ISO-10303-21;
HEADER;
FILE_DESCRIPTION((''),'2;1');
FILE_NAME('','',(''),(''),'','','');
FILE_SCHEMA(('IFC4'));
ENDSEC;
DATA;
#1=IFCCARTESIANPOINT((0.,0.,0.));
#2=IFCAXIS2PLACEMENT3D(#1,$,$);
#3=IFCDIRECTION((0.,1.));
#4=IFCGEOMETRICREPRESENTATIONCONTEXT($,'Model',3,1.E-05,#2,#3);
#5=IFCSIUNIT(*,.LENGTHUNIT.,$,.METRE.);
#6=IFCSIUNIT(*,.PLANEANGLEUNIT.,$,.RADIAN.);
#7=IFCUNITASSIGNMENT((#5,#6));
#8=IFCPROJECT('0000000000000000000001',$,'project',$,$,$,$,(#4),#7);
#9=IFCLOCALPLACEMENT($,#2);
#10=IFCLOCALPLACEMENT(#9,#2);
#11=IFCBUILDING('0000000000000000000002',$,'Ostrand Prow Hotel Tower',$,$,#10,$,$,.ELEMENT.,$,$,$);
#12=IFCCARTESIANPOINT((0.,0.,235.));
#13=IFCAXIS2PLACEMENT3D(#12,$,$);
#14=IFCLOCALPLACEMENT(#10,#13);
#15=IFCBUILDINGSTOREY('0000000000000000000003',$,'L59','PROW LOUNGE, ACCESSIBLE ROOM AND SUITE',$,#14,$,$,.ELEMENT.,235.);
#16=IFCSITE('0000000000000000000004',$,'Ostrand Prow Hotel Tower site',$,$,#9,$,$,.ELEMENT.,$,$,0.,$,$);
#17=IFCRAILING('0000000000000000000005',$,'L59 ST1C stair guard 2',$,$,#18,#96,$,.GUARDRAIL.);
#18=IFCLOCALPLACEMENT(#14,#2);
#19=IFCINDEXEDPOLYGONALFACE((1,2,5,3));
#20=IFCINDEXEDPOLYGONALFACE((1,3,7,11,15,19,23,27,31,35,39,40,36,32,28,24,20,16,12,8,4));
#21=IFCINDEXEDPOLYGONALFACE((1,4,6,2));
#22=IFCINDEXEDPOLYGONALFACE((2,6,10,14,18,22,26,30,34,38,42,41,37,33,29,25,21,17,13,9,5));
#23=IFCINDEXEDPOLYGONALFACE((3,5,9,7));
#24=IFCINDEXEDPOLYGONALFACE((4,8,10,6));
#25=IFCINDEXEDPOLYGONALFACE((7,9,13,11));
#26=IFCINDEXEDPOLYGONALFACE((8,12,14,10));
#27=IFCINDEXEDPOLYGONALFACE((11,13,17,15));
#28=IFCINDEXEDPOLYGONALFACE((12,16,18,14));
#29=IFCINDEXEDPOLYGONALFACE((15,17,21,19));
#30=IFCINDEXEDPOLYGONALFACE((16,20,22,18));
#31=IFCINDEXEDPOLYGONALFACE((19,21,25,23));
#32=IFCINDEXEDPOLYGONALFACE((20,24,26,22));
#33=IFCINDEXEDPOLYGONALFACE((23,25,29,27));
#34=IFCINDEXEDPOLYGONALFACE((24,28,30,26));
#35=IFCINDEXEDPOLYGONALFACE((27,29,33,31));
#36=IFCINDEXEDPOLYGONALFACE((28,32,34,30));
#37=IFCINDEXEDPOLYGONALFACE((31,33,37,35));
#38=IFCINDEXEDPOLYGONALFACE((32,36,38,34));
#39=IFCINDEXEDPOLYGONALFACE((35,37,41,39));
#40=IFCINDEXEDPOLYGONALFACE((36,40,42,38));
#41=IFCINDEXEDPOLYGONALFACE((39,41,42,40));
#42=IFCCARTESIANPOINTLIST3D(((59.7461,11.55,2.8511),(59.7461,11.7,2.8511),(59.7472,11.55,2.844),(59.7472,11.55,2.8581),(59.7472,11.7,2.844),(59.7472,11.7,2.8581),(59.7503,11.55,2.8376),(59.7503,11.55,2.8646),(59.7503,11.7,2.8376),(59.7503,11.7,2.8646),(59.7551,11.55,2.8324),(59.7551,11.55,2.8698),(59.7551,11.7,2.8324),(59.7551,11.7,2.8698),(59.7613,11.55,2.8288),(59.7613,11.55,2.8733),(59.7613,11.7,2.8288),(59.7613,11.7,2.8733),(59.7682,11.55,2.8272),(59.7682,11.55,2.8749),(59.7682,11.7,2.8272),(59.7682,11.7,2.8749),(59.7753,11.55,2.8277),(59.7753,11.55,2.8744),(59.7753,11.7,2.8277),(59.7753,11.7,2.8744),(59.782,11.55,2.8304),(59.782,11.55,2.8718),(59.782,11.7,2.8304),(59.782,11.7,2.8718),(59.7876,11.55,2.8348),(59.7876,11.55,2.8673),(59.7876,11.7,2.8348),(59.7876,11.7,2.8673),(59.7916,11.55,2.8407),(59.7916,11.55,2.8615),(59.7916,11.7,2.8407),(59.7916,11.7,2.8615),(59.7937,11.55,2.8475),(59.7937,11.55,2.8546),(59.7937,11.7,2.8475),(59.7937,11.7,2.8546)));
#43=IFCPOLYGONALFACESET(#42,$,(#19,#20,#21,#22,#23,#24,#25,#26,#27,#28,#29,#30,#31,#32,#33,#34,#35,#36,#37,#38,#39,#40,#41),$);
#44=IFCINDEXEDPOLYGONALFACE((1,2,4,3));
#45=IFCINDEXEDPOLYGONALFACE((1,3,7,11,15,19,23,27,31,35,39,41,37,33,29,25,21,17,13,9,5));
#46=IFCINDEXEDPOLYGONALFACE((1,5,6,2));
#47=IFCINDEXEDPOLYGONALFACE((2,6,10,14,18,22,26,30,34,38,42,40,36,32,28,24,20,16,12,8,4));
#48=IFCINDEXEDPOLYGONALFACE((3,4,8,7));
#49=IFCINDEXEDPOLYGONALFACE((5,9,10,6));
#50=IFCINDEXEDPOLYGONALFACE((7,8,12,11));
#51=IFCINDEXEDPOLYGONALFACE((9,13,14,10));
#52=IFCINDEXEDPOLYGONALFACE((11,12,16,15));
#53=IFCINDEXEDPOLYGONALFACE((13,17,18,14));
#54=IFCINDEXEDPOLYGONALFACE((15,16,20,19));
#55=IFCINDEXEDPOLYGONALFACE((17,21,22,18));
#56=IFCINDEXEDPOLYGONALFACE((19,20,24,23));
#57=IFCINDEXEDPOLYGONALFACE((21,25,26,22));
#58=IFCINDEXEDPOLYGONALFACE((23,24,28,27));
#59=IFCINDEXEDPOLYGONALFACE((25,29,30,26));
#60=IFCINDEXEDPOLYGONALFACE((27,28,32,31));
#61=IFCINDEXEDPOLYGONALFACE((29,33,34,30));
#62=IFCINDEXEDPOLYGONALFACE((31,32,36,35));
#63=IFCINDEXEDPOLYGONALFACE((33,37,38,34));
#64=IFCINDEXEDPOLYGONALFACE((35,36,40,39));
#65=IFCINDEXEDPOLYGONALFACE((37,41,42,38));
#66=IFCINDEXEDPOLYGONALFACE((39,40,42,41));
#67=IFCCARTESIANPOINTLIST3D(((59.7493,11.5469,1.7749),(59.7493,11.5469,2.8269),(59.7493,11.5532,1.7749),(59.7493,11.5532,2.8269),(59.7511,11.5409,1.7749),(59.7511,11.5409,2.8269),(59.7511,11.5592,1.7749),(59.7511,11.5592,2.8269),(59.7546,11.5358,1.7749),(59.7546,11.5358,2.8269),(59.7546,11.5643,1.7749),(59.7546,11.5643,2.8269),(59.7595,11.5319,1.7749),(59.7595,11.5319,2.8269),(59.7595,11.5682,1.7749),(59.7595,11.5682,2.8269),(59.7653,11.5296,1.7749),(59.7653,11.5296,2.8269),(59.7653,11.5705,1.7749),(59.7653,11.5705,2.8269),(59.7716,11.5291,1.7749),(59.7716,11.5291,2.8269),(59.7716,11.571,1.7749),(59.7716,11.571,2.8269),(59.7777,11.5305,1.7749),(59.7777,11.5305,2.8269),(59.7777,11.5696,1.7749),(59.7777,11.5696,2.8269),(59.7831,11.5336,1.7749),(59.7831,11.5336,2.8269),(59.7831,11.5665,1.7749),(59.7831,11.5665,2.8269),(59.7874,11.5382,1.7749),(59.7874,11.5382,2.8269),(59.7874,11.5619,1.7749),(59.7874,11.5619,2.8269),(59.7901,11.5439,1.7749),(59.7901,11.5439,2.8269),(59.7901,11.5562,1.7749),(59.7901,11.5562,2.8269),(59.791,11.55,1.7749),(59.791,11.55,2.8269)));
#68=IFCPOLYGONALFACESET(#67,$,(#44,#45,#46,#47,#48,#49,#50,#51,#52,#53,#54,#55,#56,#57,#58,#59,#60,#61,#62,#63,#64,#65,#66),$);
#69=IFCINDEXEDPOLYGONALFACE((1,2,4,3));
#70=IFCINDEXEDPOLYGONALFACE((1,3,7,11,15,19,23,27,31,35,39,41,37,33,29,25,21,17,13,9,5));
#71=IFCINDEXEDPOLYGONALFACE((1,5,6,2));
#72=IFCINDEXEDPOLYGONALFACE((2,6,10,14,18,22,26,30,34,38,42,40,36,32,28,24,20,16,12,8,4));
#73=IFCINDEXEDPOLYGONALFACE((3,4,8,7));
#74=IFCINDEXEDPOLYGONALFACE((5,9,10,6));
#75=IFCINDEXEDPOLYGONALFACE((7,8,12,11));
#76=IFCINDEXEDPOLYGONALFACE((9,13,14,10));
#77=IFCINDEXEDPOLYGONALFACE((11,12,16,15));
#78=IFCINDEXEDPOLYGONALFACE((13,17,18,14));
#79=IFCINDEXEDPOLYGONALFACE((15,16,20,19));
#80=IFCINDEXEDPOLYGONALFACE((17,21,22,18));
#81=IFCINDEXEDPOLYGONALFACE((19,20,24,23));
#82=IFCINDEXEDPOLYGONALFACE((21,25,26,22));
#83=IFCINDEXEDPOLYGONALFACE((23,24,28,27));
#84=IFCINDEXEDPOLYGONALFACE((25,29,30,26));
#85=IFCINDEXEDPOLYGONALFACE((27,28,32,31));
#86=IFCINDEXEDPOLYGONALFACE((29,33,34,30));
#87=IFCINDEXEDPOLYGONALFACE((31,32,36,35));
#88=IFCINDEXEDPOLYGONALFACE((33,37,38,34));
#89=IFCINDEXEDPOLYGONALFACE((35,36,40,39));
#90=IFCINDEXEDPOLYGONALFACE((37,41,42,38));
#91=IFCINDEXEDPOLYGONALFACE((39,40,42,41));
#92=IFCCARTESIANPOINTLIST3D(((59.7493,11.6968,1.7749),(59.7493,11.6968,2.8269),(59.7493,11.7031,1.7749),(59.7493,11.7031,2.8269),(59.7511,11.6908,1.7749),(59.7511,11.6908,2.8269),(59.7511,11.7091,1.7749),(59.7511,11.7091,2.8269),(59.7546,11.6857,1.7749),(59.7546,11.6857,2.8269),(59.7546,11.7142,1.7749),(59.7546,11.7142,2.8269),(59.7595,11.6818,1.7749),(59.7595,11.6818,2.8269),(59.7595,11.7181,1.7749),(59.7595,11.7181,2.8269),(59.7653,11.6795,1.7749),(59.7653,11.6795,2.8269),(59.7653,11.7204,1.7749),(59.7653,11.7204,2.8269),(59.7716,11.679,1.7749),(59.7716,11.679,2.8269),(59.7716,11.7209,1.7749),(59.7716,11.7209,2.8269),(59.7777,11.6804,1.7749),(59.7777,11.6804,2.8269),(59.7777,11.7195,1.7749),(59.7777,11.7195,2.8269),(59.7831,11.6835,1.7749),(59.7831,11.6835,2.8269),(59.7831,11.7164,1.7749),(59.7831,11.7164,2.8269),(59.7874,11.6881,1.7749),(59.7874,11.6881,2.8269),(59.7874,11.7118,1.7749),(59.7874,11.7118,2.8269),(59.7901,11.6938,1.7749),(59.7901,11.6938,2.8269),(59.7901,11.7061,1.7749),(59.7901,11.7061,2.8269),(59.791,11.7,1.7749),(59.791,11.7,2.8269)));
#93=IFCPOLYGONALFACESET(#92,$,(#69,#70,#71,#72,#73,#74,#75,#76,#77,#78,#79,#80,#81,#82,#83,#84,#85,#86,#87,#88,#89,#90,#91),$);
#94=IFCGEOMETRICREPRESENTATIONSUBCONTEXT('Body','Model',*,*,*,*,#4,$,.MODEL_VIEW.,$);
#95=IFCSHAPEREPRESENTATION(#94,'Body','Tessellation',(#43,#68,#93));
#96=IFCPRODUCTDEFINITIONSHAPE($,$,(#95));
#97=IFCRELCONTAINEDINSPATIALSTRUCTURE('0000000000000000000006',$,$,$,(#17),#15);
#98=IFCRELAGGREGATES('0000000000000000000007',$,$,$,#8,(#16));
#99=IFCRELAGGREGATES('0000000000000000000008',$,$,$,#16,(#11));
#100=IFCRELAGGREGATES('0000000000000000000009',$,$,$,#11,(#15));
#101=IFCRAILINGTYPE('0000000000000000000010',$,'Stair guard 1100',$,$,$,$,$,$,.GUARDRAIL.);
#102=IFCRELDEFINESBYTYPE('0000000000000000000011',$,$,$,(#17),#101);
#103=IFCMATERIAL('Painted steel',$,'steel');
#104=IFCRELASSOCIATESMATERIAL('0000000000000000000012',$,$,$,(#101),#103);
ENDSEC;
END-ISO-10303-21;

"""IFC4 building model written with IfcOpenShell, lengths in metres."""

from ifc_helpers import new_model, si_unit, direction, frame, origin, origin_2d, place, context, subcontext, project, spatial, circle, extrude, material, type_object, element, save


model = new_model("IFC4")

# Units and contexts
model_context = context("Model", 3, precision=1e-05, world=origin(), true_north=direction((0.0, 1.0)))
body_context = subcontext(model_context, "Body", "Model", "MODEL_VIEW")
ifc_project = project(units=[si_unit("LENGTHUNIT", "METRE"), si_unit("PLANEANGLEUNIT", "RADIAN")], contexts=[model_context])

# Site, building, storey
site_placement = place(None, origin())
site = spatial("IfcSite", under=ifc_project, at=site_placement, Name="Ostrand Prow Hotel Tower site", CompositionType="ELEMENT", RefElevation=0.0)
building_placement = place(site_placement, origin())
building = spatial("IfcBuilding", under=site, at=building_placement, Name="Ostrand Prow Hotel Tower", CompositionType="ELEMENT")
storey_placement = place(building_placement, frame((0.0, 0.0, 235.0)))
storey = spatial("IfcBuildingStorey", under=building, at=storey_placement, Name="L59", Description="PROW LOUNGE, ACCESSIBLE ROOM AND SUITE", CompositionType="ELEMENT", Elevation=235.0)

# Railing
ifc_material_1 = material(Name="Painted steel", Category="steel")
railing_type_1 = type_object("IfcRailingType", Name="Stair guard 1100", PredefinedType="GUARDRAIL", material=ifc_material_1)
railing_1_placement = place(storey_placement, frame((59.77, 11.55, 1.7749)))
element("IfcRailing", 1, at=railing_1_placement, inside=storey, type_object=railing_type_1, Name="L59 ST1C stair guard 2", PredefinedType="GUARDRAIL", context=body_context, shape_type="SweptSolid", body=[
    extrude(circle(Radius=0.0239, at=origin_2d()), frame((0.0, 0.0, 1.0762), z_axis=(0.0, 1.0, 0.0), x_axis=(-1.0, 0.0, 0.0)), (0.0, 0.0, 1.0), 0.1499),
    extrude(circle(Radius=0.021, at=origin_2d()), origin(), (0.0, 0.0, 1.0), 1.052),
    extrude(circle(Radius=0.021, at=origin_2d()), frame((0.0, 0.1499, 0.0)), (0.0, 0.0, 1.0), 1.052),
])

save(model, "model.ifc")
